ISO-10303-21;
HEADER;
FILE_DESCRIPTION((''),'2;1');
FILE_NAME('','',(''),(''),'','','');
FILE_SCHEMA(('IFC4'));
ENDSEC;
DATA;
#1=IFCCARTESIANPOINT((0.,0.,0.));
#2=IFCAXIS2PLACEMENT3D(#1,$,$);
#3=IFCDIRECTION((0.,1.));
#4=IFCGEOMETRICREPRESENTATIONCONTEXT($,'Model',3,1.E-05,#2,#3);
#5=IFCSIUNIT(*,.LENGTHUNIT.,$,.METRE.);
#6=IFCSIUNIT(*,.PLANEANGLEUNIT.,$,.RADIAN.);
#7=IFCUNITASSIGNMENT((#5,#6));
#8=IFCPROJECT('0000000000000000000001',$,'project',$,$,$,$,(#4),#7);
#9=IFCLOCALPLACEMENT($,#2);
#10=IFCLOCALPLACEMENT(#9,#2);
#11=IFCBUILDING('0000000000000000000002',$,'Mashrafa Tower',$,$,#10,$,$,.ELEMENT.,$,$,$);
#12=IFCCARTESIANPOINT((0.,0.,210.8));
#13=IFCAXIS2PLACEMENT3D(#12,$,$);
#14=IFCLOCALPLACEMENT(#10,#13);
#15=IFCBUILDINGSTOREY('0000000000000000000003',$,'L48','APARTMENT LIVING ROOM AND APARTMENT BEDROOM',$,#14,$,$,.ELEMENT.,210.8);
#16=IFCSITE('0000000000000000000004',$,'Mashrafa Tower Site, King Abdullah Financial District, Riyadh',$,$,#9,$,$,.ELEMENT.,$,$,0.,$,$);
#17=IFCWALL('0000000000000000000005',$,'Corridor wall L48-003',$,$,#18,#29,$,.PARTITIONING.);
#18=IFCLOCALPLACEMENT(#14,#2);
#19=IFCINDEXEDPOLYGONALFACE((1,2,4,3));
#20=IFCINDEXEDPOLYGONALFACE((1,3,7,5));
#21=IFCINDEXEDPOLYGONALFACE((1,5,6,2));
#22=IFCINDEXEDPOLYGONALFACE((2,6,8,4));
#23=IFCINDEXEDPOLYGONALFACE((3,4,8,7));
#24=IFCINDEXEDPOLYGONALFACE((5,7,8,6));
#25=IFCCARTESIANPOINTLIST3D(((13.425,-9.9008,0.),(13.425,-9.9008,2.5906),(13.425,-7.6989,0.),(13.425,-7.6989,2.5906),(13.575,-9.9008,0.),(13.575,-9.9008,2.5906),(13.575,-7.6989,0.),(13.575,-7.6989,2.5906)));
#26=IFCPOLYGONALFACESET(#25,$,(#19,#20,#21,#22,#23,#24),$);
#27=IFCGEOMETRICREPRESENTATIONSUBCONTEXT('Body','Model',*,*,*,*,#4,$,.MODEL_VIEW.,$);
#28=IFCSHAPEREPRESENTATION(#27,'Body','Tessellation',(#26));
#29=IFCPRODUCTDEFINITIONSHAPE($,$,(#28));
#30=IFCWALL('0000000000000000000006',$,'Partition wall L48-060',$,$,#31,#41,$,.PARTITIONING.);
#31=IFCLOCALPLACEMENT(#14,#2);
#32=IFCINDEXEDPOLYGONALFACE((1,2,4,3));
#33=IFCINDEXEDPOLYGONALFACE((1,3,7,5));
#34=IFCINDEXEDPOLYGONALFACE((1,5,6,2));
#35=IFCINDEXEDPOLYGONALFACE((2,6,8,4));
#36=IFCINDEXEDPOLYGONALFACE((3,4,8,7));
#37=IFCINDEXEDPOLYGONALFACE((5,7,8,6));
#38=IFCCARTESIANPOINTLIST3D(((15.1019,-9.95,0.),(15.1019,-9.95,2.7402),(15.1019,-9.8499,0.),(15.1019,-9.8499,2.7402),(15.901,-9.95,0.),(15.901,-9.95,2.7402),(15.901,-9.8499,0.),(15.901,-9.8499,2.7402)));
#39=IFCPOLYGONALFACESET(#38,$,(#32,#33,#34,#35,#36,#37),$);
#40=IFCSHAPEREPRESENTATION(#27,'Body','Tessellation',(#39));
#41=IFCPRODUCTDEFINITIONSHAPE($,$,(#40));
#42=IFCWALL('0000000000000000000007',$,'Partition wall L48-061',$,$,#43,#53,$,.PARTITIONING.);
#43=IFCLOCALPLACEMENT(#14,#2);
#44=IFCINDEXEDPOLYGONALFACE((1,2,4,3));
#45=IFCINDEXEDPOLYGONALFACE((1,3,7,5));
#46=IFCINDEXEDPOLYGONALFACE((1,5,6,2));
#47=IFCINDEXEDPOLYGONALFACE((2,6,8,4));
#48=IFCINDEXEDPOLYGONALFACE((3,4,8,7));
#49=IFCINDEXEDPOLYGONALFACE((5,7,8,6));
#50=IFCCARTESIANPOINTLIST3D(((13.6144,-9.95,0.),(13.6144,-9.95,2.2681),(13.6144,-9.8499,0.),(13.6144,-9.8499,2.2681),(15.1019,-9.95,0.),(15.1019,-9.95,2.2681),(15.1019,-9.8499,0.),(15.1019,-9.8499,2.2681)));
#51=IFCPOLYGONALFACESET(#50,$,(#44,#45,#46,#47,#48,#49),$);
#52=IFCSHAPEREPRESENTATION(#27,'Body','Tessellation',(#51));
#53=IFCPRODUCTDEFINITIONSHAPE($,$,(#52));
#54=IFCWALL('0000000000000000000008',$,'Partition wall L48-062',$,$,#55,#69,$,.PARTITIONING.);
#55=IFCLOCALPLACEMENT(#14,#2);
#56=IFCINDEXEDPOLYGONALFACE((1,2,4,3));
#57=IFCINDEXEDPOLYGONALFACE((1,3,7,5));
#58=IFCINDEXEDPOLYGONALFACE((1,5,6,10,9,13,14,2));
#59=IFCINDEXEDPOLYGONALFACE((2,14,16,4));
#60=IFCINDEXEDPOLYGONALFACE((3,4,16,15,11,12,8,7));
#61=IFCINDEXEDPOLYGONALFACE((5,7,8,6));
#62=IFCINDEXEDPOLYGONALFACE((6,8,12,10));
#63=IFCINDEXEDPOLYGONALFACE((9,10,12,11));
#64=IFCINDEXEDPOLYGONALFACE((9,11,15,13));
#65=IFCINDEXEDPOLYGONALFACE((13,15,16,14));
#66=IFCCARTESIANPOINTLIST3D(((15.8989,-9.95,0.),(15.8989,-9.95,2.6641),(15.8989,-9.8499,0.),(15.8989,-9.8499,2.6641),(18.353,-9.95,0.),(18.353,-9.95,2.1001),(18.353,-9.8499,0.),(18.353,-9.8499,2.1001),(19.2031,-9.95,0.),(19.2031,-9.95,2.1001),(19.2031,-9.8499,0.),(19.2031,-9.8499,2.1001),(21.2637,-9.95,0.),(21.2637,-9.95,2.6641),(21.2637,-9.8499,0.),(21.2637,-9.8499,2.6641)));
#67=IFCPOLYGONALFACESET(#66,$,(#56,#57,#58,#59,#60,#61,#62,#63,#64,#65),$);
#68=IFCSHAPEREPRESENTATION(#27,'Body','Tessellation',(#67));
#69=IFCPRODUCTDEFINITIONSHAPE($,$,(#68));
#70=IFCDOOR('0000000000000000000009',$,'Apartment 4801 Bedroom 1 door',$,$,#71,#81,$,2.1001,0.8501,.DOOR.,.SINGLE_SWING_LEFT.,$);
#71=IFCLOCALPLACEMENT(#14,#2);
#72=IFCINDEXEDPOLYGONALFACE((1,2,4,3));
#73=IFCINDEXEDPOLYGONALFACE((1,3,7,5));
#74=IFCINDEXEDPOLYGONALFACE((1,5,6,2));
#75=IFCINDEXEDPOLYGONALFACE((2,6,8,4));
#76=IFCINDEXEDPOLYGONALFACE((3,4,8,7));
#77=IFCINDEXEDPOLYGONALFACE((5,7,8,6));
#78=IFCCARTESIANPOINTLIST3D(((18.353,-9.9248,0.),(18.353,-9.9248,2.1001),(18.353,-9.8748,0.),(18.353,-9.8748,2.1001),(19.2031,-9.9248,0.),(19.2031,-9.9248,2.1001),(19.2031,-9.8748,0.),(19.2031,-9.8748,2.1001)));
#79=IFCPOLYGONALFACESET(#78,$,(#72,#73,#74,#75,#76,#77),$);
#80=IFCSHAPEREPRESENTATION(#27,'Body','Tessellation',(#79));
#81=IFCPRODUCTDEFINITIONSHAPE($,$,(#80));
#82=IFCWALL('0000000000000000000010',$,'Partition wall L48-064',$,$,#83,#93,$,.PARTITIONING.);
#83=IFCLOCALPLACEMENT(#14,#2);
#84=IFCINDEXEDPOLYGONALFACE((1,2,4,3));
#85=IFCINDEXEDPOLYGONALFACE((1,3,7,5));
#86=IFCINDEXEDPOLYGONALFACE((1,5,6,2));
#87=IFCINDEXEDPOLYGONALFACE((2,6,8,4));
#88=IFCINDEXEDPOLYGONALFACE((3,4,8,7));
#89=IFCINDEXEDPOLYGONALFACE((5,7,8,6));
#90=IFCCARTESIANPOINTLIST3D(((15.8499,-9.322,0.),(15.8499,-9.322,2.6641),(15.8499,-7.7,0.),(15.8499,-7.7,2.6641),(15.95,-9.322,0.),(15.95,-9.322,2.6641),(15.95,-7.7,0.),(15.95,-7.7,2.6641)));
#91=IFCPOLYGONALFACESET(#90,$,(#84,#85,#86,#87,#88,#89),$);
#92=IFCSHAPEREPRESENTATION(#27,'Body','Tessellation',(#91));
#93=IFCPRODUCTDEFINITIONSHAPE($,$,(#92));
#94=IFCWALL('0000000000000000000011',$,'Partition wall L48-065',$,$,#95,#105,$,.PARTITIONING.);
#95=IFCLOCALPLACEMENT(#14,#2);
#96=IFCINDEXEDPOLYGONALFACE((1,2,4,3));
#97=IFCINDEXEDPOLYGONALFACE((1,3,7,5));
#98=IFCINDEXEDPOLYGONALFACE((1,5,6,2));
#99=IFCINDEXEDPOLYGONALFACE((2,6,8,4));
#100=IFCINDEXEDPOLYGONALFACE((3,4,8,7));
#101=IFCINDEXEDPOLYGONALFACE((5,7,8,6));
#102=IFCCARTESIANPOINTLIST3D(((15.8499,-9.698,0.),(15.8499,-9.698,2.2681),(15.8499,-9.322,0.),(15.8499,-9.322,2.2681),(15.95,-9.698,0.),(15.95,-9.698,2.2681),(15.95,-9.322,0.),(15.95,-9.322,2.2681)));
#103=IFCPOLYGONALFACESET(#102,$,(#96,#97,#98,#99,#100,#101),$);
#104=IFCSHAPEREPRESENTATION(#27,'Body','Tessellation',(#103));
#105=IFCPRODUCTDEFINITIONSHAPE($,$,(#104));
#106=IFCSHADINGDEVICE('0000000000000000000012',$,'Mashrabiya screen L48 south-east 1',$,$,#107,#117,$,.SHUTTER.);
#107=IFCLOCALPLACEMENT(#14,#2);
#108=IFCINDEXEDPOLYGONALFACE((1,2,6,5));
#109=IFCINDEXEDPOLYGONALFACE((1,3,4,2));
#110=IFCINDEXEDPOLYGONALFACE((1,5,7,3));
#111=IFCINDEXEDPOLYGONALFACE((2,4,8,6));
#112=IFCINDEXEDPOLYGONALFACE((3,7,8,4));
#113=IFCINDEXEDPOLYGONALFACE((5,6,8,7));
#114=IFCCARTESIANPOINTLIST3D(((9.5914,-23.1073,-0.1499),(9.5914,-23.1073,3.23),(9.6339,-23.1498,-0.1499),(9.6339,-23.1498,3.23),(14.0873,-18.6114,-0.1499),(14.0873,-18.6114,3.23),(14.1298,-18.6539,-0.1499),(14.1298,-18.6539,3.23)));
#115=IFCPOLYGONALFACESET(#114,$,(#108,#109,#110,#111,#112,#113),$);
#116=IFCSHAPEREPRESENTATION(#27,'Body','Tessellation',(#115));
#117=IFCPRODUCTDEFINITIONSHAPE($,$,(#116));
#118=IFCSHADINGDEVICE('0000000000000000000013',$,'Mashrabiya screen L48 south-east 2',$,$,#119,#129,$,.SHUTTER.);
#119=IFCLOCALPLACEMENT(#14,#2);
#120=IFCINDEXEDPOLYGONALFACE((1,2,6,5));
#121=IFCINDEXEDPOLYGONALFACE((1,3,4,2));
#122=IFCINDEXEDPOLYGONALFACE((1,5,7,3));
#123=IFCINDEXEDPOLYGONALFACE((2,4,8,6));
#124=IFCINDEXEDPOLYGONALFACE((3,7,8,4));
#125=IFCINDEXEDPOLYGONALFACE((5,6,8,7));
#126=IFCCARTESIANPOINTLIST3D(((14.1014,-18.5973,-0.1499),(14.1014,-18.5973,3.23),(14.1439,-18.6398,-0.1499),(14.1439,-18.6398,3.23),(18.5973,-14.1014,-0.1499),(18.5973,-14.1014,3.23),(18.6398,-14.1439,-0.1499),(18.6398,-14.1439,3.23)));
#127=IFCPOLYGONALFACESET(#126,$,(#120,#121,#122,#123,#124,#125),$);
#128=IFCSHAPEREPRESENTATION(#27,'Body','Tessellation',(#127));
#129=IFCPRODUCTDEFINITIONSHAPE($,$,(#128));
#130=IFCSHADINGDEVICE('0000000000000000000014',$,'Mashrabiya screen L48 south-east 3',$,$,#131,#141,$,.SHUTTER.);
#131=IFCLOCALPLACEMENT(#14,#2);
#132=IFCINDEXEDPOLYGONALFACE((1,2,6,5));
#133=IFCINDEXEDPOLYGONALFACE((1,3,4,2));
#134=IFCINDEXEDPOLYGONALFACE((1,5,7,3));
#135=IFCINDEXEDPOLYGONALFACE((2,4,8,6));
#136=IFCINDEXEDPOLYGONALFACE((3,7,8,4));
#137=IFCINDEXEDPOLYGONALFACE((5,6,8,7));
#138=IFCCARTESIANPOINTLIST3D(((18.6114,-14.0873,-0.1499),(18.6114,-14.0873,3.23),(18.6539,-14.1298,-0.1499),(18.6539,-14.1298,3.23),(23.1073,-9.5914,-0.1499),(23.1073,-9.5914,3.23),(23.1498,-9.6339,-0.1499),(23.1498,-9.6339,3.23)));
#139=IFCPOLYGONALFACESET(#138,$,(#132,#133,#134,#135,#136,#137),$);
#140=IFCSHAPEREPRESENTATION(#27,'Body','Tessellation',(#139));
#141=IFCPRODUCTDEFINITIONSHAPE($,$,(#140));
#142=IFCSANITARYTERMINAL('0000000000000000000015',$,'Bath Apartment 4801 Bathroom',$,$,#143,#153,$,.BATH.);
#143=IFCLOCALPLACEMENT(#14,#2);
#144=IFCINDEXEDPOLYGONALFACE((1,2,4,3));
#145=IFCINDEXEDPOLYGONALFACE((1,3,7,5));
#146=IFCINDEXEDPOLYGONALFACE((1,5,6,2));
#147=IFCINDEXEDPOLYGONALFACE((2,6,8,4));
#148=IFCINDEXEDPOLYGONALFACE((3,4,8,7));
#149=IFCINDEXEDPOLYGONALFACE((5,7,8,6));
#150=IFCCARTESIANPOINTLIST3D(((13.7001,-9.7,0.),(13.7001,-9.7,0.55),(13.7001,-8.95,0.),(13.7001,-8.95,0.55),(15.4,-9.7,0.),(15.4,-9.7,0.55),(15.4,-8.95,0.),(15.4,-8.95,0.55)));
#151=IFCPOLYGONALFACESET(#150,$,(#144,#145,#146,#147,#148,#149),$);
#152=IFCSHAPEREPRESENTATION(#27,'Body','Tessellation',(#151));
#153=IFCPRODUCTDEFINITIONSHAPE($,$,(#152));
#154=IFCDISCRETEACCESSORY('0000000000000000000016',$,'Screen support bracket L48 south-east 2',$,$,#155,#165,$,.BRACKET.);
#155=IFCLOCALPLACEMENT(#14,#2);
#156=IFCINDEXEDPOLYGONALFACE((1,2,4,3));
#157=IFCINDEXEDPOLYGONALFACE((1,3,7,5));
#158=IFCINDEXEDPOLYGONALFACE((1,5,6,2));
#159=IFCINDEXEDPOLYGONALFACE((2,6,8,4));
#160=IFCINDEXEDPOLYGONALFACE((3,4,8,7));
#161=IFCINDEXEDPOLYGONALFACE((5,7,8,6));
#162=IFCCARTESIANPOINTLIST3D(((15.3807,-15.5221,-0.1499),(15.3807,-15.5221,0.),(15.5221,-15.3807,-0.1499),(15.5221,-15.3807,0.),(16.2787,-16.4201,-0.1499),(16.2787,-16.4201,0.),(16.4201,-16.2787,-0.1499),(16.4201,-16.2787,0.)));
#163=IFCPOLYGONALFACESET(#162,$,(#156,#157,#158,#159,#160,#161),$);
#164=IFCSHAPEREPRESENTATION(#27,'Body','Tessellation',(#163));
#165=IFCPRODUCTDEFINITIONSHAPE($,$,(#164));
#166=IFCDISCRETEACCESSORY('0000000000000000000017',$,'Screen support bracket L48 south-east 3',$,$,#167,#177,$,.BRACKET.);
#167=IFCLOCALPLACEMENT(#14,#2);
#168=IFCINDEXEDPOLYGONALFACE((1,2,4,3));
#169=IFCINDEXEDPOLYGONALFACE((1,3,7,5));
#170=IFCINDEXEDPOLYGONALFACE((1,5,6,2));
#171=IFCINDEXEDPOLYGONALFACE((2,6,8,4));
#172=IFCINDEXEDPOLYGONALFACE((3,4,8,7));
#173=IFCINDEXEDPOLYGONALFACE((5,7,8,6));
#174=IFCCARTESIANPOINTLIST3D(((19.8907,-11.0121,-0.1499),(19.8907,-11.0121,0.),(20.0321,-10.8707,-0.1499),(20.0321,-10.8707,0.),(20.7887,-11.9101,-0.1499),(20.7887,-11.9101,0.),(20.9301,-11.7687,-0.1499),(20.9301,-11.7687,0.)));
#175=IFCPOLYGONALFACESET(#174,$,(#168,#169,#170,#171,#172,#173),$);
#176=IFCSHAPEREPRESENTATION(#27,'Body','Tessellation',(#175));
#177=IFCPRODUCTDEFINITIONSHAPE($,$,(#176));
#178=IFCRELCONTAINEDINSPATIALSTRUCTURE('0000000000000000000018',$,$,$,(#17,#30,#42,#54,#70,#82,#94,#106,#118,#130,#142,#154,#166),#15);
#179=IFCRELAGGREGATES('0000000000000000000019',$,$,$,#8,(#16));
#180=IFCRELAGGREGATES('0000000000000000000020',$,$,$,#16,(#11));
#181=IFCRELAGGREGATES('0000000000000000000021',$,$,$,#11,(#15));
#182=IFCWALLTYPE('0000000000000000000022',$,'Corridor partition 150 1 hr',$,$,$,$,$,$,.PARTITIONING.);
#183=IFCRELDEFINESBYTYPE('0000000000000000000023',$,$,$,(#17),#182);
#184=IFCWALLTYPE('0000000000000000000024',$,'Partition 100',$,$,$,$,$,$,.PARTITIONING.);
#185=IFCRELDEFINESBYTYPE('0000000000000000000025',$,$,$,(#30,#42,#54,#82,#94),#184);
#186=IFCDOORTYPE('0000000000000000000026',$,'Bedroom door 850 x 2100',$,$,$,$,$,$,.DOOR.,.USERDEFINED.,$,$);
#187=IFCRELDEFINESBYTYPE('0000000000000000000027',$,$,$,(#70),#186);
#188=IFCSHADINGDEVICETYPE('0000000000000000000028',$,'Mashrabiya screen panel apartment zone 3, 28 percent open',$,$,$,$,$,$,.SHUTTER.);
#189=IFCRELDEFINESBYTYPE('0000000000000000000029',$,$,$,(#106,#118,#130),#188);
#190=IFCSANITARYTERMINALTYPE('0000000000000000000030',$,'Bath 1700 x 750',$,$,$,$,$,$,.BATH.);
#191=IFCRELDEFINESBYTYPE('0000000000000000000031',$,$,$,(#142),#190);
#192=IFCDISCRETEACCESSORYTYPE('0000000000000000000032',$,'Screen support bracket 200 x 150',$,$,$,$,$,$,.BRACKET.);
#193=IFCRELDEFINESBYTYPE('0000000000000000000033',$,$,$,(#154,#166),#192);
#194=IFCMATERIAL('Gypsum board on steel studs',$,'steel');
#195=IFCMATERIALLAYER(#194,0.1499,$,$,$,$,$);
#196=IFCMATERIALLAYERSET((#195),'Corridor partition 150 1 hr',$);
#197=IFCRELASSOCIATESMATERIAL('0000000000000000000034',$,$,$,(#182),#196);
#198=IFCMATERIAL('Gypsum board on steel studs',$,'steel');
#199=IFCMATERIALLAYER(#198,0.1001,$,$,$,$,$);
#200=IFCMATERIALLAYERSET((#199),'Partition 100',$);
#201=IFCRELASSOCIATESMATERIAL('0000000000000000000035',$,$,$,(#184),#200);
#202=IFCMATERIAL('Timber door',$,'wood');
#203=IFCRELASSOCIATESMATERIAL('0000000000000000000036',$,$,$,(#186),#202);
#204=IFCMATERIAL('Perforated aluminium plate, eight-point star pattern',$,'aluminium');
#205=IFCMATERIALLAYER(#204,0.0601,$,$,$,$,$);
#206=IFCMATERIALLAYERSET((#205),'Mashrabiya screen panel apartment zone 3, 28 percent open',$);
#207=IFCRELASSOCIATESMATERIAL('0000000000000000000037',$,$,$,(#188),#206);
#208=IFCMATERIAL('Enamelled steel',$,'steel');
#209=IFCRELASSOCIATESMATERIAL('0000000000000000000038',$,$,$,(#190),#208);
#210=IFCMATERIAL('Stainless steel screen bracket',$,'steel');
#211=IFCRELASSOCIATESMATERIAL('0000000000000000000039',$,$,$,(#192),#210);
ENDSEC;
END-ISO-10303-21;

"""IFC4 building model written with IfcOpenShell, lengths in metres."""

from ifc_helpers import new_model, si_unit, direction, frame, frame_2d, origin, origin_2d, place, context, subcontext, project, spatial, rectangle, extrude, source, transform, mapped, material, layer, layer_set, type_object, type_shapes, element, fill, save


model = new_model("IFC4")

# Units and contexts
model_context = context("Model", 3, precision=1e-05, world=origin(), true_north=direction((0.0, 1.0)))
body_context = subcontext(model_context, "Body", "Model", "MODEL_VIEW")
ifc_project = project(units=[si_unit("LENGTHUNIT", "METRE"), si_unit("PLANEANGLEUNIT", "RADIAN")], contexts=[model_context])

# Site, building, storey
site_placement = place(None, origin())
site = spatial("IfcSite", under=ifc_project, at=site_placement, Name="Mashrafa Tower Site, King Abdullah Financial District, Riyadh", CompositionType="ELEMENT", RefElevation=0.0)
building_placement = place(site_placement, origin())
building = spatial("IfcBuilding", under=site, at=building_placement, Name="Mashrafa Tower", CompositionType="ELEMENT")
storey_placement = place(building_placement, frame((0.0, 0.0, 210.8)))
storey = spatial("IfcBuildingStorey", under=building, at=storey_placement, Name="L48", Description="APARTMENT LIVING ROOM AND APARTMENT BEDROOM", CompositionType="ELEMENT", Elevation=210.8)

# Walls
ifc_material_1 = material(Name="Gypsum board on steel studs", Category="steel")
ifc_layer_1 = layer(ifc_material_1, 0.1499)
ifc_layer_set_1 = layer_set([ifc_layer_1], Name="Corridor partition 150 1 hr")
wall_type_1 = type_object("IfcWallType", Name="Corridor partition 150 1 hr", PredefinedType="PARTITIONING", material=ifc_layer_set_1)
wall_1_placement = place(storey_placement, frame((13.5, -9.9009, 0.0), z_axis=(0.0, 0.0, 1.0), x_axis=(0.0, 1.0, 0.0)))
element("IfcWall", 1, at=wall_1_placement, inside=storey, type_object=wall_type_1, Name="Corridor wall L48-003", PredefinedType="PARTITIONING", context=body_context, shape_type="SweptSolid", body=[
    extrude(rectangle(XDim=2.2019, YDim=0.1499, at=frame_2d((1.1011, 0.0))), origin(), (0.0, 0.0, 1.0), 2.5906),
])
ifc_material_2 = material(Name="Gypsum board on steel studs", Category="steel")
ifc_layer_2 = layer(ifc_material_2, 0.1001)
ifc_layer_set_2 = layer_set([ifc_layer_2], Name="Partition 100")
wall_type_2 = type_object("IfcWallType", Name="Partition 100", PredefinedType="PARTITIONING", material=ifc_layer_set_2)
wall_2_placement = place(storey_placement, frame((15.9009, -9.8999, 0.0), z_axis=(0.0, 0.0, 1.0), x_axis=(-1.0, 0.0, 0.0)))
element("IfcWall", 2, at=wall_2_placement, inside=storey, type_object=wall_type_2, Name="Partition wall L48-060", PredefinedType="PARTITIONING", context=body_context, shape_type="SweptSolid", body=[
    extrude(rectangle(XDim=0.7991, YDim=0.1001, at=frame_2d((0.3994, 0.0))), origin(), (0.0, 0.0, 1.0), 2.7402),
])
wall_3_placement = place(storey_placement, frame((15.1018, -9.8999, 0.0), z_axis=(0.0, 0.0, 1.0), x_axis=(-1.0, 0.0, 0.0)))
element("IfcWall", 3, at=wall_3_placement, inside=storey, type_object=wall_type_2, Name="Partition wall L48-061", PredefinedType="PARTITIONING", context=body_context, shape_type="SweptSolid", body=[
    extrude(rectangle(XDim=1.4875, YDim=0.1001, at=frame_2d((0.7437, 0.0))), origin(), (0.0, 0.0, 1.0), 2.2681),
])

# Wall, opening, door
wall_4_placement = place(storey_placement, frame((21.2637, -9.8999, 0.0), z_axis=(0.0, 0.0, 1.0), x_axis=(-1.0, 0.0, 0.0)))
wall_4 = element("IfcWall", 4, at=wall_4_placement, inside=storey, type_object=wall_type_2, Name="Partition wall L48-062", PredefinedType="PARTITIONING", context=body_context, shape_type="SweptSolid", body=[
    extrude(rectangle(XDim=5.3647, YDim=0.1001, at=frame_2d((2.6824, 0.0))), origin(), (0.0, 0.0, 1.0), 2.6641),
])
opening_placement = place(wall_4_placement, frame((2.0605, 0.0, 0.0)))
opening = element("IfcOpeningElement", 5, at=opening_placement, cuts=wall_4, PredefinedType="OPENING", context=body_context, shape_type="SweptSolid", body=[
    extrude(rectangle(XDim=0.8501, YDim=2.1001, at=frame_2d((0.425, 1.05))), frame((0.0, 0.0601, 0.0), z_axis=(0.0, -1.0, 0.0), x_axis=(1.0, 0.0, 0.0)), (0.0, 0.0, 1.0), 0.1201),
])
ifc_material_3 = material(Name="Timber door", Category="wood")
door_type = type_object("IfcDoorType", Name="Bedroom door 850 x 2100", OperationType="USERDEFINED", PredefinedType="DOOR", material=ifc_material_3)
door_placement = place(opening_placement, origin())
door = element("IfcDoor", 6, at=door_placement, inside=storey, type_object=door_type, Name="Apartment 4801 Bedroom 1 door", OperationType="SINGLE_SWING_LEFT", OverallHeight=2.1001, OverallWidth=0.8501, PredefinedType="DOOR", context=body_context, shape_type="SweptSolid", body=[
    extrude(rectangle(XDim=0.8501, YDim=2.1001, at=frame_2d((0.425, 1.05))), frame((0.0, 0.0249, 0.0), z_axis=(0.0, -1.0, 0.0), x_axis=(1.0, 0.0, 0.0)), (0.0, 0.0, 1.0), 0.05),
])
fill(opening, door)

# Walls
wall_5_placement = place(storey_placement, frame((15.8999, -9.322, 0.0), z_axis=(0.0, 0.0, 1.0), x_axis=(0.0, 1.0, 0.0)))
element("IfcWall", 7, at=wall_5_placement, inside=storey, type_object=wall_type_2, Name="Partition wall L48-064", PredefinedType="PARTITIONING", context=body_context, shape_type="SweptSolid", body=[
    extrude(rectangle(XDim=1.6221, YDim=0.1001, at=frame_2d((0.811, 0.0))), origin(), (0.0, 0.0, 1.0), 2.6641),
])
wall_6_placement = place(storey_placement, frame((15.8999, -9.698, 0.0), z_axis=(0.0, 0.0, 1.0), x_axis=(0.0, 1.0, 0.0)))
element("IfcWall", 8, at=wall_6_placement, inside=storey, type_object=wall_type_2, Name="Partition wall L48-065", PredefinedType="PARTITIONING", context=body_context, shape_type="SweptSolid", body=[
    extrude(rectangle(XDim=0.376, YDim=0.1001, at=frame_2d((0.188, 0.0))), origin(), (0.0, 0.0, 1.0), 2.2681),
])

# Shading devices
ifc_material_4 = material(Name="Perforated aluminium plate, eight-point star pattern", Category="aluminium")
ifc_layer_3 = layer(ifc_material_4, 0.0601)
ifc_layer_set_3 = layer_set([ifc_layer_3], Name="Mashrabiya screen panel apartment zone 3, 28 percent open")
shading_device_type = type_object("IfcShadingDeviceType", Name="Mashrabiya screen panel apartment zone 3, 28 percent open", PredefinedType="SHUTTER", material=ifc_layer_set_3)
shared_shape_1 = source(origin(), body_context, "Body", "SweptSolid", [
    extrude(rectangle(XDim=6.3582, YDim=0.0601, at=origin_2d()), origin(), (0.0, 0.0, 1.0), 3.3799),
])
type_shapes(shading_device_type, [shared_shape_1])
for number, where, z_axis, x_axis, name in (
    (9, (11.8606, -20.8806, -0.1499), (0.0, 0.0, 1.0), (0.707107, 0.707107, 0.0), "Mashrabiya screen L48 south-east 1"),
    (10, (16.3706, -16.3706, -0.1499), (0.0, 0.0, 1.0), (0.707107, 0.707107, 0.0), "Mashrabiya screen L48 south-east 2"),
    (11, (20.8806, -11.8606, -0.1499), (0.0, 0.0, 1.0), (0.707107, 0.707107, 0.0), "Mashrabiya screen L48 south-east 3"),
):
    element("IfcShadingDevice", number, at=place(storey_placement, frame(where, z_axis=z_axis, x_axis=x_axis)), inside=storey, type_object=shading_device_type, Name=name, PredefinedType="SHUTTER", context=body_context, shape_type="MappedRepresentation", body=[
        mapped(shared_shape_1, transform((0.0, 0.0, 0.0))),
    ])

# Sanitary terminal
ifc_material_5 = material(Name="Enamelled steel", Category="steel")
sanitary_terminal_type = type_object("IfcSanitaryTerminalType", Name="Bath 1700 x 750", PredefinedType="BATH", material=ifc_material_5)
sanitary_terminal_placement = place(storey_placement, frame((14.55, -9.325, 0.0), z_axis=(0.0, 0.0, 1.0), x_axis=(1.0, 0.0, 0.0)))
element("IfcSanitaryTerminal", 12, at=sanitary_terminal_placement, inside=storey, type_object=sanitary_terminal_type, Name="Bath Apartment 4801 Bathroom", PredefinedType="BATH", context=body_context, shape_type="SweptSolid", body=[
    extrude(rectangle(XDim=1.7, YDim=0.75, at=origin_2d()), origin(), (0.0, 0.0, 1.0), 0.55),
])

# Discrete accessories
ifc_material_6 = material(Name="Stainless steel screen bracket", Category="steel")
discrete_accessory_type = type_object("IfcDiscreteAccessoryType", Name="Screen support bracket 200 x 150", PredefinedType="BRACKET", material=ifc_material_6)
shared_shape_2 = source(origin(), body_context, "Body", "SweptSolid", [
    extrude(rectangle(XDim=0.2, YDim=1.27, at=origin_2d()), origin(), (0.0, 0.0, 1.0), 0.1499),
])
type_shapes(discrete_accessory_type, [shared_shape_2])
for number, where, z_axis, x_axis, name in (
    (13, (15.9004, -15.9004, -0.1499), (0.0, 0.0, 1.0), (0.707107, 0.707107, 0.0), "Screen support bracket L48 south-east 2"),
    (14, (20.4104, -11.3904, -0.1499), (0.0, 0.0, 1.0), (0.707107, 0.707107, 0.0), "Screen support bracket L48 south-east 3"),
):
    element("IfcDiscreteAccessory", number, at=place(storey_placement, frame(where, z_axis=z_axis, x_axis=x_axis)), inside=storey, type_object=discrete_accessory_type, Name=name, PredefinedType="BRACKET", context=body_context, shape_type="MappedRepresentation", body=[
        mapped(shared_shape_2, transform((0.0, 0.0, 0.0))),
    ])

save(model, "model.ifc")
